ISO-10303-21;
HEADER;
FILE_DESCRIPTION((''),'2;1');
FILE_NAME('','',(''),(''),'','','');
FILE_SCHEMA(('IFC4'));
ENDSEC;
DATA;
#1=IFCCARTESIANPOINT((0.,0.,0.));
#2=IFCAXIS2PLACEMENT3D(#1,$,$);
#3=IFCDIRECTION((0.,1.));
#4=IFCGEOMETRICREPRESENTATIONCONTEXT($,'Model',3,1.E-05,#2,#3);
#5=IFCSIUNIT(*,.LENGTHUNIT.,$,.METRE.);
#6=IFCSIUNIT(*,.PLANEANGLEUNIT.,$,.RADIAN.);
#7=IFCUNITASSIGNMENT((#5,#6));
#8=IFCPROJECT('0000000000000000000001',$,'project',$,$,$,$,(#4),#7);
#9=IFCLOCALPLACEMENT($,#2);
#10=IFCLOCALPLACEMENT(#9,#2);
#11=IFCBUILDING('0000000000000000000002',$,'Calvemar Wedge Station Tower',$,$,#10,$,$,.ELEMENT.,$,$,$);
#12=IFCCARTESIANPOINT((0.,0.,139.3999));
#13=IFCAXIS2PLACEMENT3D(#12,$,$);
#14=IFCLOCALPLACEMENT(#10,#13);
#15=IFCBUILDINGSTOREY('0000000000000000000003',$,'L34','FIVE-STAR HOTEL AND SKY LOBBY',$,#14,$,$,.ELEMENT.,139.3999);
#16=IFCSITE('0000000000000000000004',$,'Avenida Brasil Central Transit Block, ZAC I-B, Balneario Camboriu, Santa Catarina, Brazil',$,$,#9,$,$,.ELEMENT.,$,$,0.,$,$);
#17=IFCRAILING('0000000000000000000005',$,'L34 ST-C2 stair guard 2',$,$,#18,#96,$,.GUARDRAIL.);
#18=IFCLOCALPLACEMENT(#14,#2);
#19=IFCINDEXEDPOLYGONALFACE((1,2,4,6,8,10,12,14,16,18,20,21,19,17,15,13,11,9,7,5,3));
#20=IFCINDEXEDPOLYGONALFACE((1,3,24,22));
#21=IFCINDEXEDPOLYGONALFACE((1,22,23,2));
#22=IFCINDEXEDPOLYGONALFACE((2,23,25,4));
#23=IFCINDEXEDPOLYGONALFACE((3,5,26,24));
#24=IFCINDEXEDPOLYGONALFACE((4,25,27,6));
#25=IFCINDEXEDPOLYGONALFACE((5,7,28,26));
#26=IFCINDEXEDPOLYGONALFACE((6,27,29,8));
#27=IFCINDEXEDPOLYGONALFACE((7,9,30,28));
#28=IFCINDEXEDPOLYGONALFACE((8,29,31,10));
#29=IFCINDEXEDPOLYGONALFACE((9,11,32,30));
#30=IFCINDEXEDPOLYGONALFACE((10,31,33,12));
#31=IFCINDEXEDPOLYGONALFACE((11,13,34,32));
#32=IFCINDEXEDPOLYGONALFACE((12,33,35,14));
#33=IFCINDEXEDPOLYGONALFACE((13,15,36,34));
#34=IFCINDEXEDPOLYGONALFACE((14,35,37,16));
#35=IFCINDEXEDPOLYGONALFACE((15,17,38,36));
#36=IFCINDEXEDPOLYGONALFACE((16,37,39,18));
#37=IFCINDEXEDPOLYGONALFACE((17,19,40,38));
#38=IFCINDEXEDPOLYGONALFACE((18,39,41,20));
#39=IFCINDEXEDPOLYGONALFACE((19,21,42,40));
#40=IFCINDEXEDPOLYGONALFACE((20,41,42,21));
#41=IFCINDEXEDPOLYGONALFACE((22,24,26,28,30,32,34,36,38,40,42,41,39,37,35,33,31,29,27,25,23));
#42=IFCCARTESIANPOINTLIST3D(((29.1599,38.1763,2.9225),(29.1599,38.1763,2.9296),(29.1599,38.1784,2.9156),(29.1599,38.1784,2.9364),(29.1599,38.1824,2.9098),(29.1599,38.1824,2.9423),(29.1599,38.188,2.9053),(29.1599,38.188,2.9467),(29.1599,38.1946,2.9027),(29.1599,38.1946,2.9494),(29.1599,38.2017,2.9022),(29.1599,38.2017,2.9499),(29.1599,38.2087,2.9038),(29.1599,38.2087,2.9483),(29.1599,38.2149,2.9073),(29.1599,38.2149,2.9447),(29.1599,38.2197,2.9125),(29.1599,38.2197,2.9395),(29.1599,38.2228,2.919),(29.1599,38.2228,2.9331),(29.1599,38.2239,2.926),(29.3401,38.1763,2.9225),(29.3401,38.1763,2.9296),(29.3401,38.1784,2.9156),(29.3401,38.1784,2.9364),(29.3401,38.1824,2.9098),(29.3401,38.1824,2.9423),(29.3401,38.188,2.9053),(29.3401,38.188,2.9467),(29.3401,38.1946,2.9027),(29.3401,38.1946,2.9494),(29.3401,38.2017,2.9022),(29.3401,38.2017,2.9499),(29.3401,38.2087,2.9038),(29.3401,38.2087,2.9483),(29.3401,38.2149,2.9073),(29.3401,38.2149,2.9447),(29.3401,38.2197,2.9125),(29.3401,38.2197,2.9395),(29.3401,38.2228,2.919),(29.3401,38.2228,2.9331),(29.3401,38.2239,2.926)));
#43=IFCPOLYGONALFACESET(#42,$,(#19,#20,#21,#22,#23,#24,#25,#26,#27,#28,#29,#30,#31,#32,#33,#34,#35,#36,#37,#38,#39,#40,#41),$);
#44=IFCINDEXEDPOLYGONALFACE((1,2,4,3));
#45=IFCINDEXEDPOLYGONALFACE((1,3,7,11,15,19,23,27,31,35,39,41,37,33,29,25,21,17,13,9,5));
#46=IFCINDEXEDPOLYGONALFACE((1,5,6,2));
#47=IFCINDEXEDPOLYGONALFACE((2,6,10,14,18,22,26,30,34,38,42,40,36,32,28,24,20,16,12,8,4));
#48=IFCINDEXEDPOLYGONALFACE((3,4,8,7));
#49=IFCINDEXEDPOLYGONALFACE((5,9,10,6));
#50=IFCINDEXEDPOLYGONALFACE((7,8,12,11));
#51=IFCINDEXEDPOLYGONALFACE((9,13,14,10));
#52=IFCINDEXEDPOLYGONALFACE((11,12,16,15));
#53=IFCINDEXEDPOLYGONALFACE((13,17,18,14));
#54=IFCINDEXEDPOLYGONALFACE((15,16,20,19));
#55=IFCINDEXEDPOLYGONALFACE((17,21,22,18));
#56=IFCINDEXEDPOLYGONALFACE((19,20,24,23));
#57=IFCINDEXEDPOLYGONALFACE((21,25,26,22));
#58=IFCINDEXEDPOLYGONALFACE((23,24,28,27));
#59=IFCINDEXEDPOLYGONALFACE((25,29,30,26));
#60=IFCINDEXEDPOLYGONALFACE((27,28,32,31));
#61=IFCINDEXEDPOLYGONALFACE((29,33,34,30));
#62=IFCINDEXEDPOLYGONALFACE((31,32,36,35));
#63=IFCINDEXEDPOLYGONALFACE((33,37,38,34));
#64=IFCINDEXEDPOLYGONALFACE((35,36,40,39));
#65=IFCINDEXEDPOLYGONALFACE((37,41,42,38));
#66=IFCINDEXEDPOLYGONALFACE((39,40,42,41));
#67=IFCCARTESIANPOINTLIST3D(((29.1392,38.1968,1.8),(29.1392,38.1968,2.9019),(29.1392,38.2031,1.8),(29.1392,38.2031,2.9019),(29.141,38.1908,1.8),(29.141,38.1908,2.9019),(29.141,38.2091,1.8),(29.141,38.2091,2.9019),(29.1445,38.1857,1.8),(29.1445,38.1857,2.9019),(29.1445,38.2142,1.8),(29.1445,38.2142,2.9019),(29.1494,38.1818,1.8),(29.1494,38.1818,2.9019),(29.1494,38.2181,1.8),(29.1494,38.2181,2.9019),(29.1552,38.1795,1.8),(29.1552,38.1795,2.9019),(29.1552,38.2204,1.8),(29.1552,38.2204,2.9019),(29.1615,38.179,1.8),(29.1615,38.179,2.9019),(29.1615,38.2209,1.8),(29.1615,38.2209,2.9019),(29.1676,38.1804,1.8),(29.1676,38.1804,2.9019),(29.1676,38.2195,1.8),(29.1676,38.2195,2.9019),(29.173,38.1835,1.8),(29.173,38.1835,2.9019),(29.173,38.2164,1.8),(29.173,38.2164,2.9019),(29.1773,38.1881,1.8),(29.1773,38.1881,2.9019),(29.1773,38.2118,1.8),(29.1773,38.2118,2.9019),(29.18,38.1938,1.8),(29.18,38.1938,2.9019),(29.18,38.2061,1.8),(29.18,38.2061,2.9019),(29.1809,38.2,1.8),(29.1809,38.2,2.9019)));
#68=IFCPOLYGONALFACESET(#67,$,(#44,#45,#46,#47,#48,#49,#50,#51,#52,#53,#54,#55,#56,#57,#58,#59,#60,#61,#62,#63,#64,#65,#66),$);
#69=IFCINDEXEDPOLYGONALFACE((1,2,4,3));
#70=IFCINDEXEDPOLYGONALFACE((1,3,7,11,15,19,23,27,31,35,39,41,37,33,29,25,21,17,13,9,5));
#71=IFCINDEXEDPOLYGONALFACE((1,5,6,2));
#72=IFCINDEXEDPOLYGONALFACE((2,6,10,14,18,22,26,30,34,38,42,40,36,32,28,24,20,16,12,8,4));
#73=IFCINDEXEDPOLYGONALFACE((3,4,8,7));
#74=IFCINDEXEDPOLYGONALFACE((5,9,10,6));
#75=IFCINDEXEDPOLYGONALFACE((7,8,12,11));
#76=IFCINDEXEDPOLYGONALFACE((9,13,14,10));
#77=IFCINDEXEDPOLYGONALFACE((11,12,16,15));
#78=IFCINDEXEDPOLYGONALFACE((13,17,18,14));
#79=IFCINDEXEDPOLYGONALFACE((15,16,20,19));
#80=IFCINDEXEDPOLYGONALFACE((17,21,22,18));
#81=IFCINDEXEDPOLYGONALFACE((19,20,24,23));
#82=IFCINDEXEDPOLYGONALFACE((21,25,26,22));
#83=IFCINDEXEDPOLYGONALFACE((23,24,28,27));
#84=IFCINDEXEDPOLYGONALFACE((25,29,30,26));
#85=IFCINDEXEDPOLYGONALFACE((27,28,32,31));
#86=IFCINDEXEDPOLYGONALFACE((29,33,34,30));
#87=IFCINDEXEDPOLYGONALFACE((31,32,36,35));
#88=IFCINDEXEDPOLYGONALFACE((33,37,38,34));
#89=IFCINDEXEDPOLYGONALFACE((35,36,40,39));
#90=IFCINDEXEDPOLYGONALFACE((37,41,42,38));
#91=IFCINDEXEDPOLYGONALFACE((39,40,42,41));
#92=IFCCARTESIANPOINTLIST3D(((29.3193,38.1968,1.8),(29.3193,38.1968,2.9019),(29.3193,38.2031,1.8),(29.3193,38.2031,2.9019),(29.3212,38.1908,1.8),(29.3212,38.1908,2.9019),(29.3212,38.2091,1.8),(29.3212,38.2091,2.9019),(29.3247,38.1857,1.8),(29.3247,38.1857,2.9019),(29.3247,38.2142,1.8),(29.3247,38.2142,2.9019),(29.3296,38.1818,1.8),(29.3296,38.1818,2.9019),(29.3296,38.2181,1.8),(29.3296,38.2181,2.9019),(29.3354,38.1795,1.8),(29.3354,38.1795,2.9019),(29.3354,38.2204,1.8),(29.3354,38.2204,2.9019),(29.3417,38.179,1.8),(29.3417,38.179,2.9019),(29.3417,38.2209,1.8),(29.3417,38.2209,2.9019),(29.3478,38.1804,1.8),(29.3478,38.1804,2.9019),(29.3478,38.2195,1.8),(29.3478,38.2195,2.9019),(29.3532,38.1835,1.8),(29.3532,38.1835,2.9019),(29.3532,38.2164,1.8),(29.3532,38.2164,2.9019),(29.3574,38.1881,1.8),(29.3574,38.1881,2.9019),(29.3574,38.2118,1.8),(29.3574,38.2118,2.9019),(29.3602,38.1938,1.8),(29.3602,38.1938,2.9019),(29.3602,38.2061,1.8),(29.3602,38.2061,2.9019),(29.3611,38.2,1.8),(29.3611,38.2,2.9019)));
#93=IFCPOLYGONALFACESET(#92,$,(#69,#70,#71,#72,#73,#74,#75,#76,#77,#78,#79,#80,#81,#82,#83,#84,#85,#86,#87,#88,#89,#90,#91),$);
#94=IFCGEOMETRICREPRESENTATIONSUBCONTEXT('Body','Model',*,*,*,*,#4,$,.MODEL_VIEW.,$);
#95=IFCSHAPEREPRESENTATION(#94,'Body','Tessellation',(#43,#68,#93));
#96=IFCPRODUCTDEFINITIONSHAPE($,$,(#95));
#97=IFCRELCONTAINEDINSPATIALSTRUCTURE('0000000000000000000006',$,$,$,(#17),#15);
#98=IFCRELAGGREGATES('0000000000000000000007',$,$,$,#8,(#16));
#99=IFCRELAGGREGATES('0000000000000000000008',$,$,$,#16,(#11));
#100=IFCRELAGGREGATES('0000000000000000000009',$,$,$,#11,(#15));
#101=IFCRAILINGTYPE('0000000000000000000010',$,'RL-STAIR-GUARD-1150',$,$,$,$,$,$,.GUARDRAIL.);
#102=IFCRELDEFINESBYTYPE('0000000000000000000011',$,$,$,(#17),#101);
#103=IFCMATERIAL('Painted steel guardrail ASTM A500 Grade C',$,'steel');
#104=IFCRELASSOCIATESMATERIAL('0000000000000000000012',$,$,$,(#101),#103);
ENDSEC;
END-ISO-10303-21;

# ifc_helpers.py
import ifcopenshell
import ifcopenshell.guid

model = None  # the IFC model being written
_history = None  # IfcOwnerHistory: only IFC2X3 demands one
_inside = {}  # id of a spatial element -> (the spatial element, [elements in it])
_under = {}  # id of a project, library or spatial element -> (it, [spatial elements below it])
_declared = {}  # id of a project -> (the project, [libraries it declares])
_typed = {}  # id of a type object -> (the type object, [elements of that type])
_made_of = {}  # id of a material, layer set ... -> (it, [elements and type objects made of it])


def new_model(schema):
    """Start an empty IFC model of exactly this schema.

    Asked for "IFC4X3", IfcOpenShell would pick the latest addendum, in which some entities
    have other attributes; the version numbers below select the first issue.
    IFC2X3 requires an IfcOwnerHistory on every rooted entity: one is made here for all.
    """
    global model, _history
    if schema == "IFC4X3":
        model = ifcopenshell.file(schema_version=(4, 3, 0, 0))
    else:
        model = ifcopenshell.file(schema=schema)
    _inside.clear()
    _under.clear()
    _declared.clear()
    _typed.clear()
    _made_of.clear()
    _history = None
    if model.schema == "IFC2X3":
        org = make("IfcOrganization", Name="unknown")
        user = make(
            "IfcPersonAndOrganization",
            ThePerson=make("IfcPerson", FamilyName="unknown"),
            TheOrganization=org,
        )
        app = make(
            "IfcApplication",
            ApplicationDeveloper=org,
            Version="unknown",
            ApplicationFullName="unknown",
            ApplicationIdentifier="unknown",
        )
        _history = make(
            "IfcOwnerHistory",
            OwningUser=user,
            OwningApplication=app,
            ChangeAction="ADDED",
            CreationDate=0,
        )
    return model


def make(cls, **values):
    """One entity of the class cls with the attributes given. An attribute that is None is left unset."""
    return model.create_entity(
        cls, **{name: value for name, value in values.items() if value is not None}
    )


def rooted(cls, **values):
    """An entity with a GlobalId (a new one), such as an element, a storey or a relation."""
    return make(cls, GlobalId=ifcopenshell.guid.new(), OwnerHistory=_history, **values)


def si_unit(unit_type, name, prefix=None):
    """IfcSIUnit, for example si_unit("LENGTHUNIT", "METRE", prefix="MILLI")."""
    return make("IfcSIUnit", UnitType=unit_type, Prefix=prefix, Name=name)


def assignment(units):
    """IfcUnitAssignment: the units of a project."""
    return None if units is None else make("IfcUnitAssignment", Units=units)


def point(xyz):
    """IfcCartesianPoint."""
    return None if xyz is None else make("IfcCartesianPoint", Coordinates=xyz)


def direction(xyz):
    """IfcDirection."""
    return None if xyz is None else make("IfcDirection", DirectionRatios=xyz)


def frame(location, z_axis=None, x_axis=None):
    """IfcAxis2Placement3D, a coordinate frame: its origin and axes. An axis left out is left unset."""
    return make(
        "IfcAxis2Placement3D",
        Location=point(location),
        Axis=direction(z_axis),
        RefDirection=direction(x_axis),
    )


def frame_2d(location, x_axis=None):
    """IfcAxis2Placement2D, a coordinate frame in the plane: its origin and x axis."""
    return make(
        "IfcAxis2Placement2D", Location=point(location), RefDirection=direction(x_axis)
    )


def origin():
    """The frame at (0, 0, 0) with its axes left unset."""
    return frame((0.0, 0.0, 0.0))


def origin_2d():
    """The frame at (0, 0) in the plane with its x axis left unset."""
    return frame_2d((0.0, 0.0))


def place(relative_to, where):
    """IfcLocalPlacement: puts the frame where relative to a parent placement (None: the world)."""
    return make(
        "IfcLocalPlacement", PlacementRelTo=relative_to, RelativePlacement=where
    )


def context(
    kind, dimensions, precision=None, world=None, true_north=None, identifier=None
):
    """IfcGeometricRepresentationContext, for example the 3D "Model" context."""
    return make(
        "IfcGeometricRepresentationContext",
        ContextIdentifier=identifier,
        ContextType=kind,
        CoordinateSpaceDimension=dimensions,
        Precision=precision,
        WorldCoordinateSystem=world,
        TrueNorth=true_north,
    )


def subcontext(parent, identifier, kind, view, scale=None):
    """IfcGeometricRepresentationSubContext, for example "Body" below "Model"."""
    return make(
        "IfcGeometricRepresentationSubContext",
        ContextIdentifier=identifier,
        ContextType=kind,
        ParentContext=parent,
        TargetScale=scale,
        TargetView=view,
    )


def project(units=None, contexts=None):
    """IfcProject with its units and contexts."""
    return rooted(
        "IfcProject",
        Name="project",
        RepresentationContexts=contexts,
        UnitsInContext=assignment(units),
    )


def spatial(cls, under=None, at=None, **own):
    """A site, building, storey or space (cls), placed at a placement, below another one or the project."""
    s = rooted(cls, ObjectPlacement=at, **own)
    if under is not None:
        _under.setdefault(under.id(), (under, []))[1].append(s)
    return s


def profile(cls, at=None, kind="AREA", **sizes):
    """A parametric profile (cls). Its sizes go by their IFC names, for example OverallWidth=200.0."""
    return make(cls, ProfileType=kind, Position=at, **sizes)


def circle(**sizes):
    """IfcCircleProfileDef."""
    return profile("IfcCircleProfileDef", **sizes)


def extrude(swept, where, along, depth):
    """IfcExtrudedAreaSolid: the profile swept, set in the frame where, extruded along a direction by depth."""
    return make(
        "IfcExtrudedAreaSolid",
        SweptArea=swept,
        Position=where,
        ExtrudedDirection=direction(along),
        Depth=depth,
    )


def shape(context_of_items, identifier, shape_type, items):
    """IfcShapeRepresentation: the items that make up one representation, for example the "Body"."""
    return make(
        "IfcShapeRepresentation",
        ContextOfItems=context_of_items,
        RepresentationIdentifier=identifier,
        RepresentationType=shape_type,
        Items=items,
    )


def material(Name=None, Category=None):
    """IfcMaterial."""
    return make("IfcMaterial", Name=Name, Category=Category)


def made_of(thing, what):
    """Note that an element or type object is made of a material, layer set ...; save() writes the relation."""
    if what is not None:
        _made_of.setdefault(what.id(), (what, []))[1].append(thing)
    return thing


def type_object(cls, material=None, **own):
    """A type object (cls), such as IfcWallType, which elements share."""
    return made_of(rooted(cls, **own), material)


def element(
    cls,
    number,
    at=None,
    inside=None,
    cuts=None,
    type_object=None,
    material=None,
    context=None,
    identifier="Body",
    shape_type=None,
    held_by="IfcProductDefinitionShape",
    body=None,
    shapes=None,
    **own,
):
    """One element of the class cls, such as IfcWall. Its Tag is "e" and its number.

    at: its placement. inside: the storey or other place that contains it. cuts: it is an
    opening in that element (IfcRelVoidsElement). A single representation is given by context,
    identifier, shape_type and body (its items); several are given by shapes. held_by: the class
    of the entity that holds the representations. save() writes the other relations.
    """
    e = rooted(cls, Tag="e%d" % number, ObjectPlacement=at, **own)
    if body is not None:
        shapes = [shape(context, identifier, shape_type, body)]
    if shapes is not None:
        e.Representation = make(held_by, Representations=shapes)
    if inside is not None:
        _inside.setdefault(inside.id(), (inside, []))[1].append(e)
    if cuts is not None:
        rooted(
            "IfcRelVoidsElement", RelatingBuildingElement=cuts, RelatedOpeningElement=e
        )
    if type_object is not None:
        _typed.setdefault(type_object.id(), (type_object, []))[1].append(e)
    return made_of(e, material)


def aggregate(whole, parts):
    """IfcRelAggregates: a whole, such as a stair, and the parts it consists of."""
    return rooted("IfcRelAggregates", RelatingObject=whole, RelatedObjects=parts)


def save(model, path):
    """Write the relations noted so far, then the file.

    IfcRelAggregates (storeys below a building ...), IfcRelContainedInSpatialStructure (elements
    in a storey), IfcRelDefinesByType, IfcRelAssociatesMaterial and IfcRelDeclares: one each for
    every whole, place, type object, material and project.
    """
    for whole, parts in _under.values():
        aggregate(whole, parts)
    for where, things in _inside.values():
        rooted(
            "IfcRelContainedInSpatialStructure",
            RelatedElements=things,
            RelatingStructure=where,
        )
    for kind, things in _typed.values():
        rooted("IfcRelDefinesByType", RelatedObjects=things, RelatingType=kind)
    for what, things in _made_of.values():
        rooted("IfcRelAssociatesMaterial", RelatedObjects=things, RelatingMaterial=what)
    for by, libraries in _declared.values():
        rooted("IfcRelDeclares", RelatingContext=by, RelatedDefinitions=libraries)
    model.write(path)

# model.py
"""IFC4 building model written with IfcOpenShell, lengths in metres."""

from ifc_helpers import new_model, si_unit, direction, frame, origin, origin_2d, place, context, subcontext, project, spatial, circle, extrude, material, type_object, element, save


model = new_model("IFC4")

# Units and contexts
model_context = context("Model", 3, precision=1e-05, world=origin(), true_north=direction((0.0, 1.0)))
body_context = subcontext(model_context, "Body", "Model", "MODEL_VIEW")
ifc_project = project(units=[si_unit("LENGTHUNIT", "METRE"), si_unit("PLANEANGLEUNIT", "RADIAN")], contexts=[model_context])

# Site, building, storey
site_placement = place(None, origin())
site = spatial("IfcSite", under=ifc_project, at=site_placement, Name="Avenida Brasil Central Transit Block, ZAC I-B, Balneario Camboriu, Santa Catarina, Brazil", CompositionType="ELEMENT", RefElevation=0.0)
building_placement = place(site_placement, origin())
building = spatial("IfcBuilding", under=site, at=building_placement, Name="Calvemar Wedge Station Tower", CompositionType="ELEMENT")
storey_placement = place(building_placement, frame((0.0, 0.0, 139.3999)))
storey = spatial("IfcBuildingStorey", under=building, at=storey_placement, Name="L34", Description="FIVE-STAR HOTEL AND SKY LOBBY", CompositionType="ELEMENT", Elevation=139.3999)

# Railing
ifc_material_1 = material(Name="Painted steel guardrail ASTM A500 Grade C", Category="steel")
railing_type_1 = type_object("IfcRailingType", Name="RL-STAIR-GUARD-1150", PredefinedType="GUARDRAIL", material=ifc_material_1)
railing_1_placement = place(storey_placement, frame((29.1599, 38.2, 1.8)))
element("IfcRailing", 1, at=railing_1_placement, inside=storey, type_object=railing_type_1, Name="L34 ST-C2 stair guard 2", PredefinedType="GUARDRAIL", context=body_context, shape_type="SweptSolid", body=[
    extrude(circle(Radius=0.0239, at=origin_2d()), frame((0.0, 0.0, 1.126), z_axis=(1.0, 0.0, 0.0), x_axis=(0.0, 1.0, 0.0)), (0.0, 0.0, 1.0), 0.1802),
    extrude(circle(Radius=0.021, at=origin_2d()), origin(), (0.0, 0.0, 1.0), 1.1018),
    extrude(circle(Radius=0.021, at=origin_2d()), frame((0.1802, 0.0, 0.0)), (0.0, 0.0, 1.0), 1.1018),
])

save(model, "model.ifc")
